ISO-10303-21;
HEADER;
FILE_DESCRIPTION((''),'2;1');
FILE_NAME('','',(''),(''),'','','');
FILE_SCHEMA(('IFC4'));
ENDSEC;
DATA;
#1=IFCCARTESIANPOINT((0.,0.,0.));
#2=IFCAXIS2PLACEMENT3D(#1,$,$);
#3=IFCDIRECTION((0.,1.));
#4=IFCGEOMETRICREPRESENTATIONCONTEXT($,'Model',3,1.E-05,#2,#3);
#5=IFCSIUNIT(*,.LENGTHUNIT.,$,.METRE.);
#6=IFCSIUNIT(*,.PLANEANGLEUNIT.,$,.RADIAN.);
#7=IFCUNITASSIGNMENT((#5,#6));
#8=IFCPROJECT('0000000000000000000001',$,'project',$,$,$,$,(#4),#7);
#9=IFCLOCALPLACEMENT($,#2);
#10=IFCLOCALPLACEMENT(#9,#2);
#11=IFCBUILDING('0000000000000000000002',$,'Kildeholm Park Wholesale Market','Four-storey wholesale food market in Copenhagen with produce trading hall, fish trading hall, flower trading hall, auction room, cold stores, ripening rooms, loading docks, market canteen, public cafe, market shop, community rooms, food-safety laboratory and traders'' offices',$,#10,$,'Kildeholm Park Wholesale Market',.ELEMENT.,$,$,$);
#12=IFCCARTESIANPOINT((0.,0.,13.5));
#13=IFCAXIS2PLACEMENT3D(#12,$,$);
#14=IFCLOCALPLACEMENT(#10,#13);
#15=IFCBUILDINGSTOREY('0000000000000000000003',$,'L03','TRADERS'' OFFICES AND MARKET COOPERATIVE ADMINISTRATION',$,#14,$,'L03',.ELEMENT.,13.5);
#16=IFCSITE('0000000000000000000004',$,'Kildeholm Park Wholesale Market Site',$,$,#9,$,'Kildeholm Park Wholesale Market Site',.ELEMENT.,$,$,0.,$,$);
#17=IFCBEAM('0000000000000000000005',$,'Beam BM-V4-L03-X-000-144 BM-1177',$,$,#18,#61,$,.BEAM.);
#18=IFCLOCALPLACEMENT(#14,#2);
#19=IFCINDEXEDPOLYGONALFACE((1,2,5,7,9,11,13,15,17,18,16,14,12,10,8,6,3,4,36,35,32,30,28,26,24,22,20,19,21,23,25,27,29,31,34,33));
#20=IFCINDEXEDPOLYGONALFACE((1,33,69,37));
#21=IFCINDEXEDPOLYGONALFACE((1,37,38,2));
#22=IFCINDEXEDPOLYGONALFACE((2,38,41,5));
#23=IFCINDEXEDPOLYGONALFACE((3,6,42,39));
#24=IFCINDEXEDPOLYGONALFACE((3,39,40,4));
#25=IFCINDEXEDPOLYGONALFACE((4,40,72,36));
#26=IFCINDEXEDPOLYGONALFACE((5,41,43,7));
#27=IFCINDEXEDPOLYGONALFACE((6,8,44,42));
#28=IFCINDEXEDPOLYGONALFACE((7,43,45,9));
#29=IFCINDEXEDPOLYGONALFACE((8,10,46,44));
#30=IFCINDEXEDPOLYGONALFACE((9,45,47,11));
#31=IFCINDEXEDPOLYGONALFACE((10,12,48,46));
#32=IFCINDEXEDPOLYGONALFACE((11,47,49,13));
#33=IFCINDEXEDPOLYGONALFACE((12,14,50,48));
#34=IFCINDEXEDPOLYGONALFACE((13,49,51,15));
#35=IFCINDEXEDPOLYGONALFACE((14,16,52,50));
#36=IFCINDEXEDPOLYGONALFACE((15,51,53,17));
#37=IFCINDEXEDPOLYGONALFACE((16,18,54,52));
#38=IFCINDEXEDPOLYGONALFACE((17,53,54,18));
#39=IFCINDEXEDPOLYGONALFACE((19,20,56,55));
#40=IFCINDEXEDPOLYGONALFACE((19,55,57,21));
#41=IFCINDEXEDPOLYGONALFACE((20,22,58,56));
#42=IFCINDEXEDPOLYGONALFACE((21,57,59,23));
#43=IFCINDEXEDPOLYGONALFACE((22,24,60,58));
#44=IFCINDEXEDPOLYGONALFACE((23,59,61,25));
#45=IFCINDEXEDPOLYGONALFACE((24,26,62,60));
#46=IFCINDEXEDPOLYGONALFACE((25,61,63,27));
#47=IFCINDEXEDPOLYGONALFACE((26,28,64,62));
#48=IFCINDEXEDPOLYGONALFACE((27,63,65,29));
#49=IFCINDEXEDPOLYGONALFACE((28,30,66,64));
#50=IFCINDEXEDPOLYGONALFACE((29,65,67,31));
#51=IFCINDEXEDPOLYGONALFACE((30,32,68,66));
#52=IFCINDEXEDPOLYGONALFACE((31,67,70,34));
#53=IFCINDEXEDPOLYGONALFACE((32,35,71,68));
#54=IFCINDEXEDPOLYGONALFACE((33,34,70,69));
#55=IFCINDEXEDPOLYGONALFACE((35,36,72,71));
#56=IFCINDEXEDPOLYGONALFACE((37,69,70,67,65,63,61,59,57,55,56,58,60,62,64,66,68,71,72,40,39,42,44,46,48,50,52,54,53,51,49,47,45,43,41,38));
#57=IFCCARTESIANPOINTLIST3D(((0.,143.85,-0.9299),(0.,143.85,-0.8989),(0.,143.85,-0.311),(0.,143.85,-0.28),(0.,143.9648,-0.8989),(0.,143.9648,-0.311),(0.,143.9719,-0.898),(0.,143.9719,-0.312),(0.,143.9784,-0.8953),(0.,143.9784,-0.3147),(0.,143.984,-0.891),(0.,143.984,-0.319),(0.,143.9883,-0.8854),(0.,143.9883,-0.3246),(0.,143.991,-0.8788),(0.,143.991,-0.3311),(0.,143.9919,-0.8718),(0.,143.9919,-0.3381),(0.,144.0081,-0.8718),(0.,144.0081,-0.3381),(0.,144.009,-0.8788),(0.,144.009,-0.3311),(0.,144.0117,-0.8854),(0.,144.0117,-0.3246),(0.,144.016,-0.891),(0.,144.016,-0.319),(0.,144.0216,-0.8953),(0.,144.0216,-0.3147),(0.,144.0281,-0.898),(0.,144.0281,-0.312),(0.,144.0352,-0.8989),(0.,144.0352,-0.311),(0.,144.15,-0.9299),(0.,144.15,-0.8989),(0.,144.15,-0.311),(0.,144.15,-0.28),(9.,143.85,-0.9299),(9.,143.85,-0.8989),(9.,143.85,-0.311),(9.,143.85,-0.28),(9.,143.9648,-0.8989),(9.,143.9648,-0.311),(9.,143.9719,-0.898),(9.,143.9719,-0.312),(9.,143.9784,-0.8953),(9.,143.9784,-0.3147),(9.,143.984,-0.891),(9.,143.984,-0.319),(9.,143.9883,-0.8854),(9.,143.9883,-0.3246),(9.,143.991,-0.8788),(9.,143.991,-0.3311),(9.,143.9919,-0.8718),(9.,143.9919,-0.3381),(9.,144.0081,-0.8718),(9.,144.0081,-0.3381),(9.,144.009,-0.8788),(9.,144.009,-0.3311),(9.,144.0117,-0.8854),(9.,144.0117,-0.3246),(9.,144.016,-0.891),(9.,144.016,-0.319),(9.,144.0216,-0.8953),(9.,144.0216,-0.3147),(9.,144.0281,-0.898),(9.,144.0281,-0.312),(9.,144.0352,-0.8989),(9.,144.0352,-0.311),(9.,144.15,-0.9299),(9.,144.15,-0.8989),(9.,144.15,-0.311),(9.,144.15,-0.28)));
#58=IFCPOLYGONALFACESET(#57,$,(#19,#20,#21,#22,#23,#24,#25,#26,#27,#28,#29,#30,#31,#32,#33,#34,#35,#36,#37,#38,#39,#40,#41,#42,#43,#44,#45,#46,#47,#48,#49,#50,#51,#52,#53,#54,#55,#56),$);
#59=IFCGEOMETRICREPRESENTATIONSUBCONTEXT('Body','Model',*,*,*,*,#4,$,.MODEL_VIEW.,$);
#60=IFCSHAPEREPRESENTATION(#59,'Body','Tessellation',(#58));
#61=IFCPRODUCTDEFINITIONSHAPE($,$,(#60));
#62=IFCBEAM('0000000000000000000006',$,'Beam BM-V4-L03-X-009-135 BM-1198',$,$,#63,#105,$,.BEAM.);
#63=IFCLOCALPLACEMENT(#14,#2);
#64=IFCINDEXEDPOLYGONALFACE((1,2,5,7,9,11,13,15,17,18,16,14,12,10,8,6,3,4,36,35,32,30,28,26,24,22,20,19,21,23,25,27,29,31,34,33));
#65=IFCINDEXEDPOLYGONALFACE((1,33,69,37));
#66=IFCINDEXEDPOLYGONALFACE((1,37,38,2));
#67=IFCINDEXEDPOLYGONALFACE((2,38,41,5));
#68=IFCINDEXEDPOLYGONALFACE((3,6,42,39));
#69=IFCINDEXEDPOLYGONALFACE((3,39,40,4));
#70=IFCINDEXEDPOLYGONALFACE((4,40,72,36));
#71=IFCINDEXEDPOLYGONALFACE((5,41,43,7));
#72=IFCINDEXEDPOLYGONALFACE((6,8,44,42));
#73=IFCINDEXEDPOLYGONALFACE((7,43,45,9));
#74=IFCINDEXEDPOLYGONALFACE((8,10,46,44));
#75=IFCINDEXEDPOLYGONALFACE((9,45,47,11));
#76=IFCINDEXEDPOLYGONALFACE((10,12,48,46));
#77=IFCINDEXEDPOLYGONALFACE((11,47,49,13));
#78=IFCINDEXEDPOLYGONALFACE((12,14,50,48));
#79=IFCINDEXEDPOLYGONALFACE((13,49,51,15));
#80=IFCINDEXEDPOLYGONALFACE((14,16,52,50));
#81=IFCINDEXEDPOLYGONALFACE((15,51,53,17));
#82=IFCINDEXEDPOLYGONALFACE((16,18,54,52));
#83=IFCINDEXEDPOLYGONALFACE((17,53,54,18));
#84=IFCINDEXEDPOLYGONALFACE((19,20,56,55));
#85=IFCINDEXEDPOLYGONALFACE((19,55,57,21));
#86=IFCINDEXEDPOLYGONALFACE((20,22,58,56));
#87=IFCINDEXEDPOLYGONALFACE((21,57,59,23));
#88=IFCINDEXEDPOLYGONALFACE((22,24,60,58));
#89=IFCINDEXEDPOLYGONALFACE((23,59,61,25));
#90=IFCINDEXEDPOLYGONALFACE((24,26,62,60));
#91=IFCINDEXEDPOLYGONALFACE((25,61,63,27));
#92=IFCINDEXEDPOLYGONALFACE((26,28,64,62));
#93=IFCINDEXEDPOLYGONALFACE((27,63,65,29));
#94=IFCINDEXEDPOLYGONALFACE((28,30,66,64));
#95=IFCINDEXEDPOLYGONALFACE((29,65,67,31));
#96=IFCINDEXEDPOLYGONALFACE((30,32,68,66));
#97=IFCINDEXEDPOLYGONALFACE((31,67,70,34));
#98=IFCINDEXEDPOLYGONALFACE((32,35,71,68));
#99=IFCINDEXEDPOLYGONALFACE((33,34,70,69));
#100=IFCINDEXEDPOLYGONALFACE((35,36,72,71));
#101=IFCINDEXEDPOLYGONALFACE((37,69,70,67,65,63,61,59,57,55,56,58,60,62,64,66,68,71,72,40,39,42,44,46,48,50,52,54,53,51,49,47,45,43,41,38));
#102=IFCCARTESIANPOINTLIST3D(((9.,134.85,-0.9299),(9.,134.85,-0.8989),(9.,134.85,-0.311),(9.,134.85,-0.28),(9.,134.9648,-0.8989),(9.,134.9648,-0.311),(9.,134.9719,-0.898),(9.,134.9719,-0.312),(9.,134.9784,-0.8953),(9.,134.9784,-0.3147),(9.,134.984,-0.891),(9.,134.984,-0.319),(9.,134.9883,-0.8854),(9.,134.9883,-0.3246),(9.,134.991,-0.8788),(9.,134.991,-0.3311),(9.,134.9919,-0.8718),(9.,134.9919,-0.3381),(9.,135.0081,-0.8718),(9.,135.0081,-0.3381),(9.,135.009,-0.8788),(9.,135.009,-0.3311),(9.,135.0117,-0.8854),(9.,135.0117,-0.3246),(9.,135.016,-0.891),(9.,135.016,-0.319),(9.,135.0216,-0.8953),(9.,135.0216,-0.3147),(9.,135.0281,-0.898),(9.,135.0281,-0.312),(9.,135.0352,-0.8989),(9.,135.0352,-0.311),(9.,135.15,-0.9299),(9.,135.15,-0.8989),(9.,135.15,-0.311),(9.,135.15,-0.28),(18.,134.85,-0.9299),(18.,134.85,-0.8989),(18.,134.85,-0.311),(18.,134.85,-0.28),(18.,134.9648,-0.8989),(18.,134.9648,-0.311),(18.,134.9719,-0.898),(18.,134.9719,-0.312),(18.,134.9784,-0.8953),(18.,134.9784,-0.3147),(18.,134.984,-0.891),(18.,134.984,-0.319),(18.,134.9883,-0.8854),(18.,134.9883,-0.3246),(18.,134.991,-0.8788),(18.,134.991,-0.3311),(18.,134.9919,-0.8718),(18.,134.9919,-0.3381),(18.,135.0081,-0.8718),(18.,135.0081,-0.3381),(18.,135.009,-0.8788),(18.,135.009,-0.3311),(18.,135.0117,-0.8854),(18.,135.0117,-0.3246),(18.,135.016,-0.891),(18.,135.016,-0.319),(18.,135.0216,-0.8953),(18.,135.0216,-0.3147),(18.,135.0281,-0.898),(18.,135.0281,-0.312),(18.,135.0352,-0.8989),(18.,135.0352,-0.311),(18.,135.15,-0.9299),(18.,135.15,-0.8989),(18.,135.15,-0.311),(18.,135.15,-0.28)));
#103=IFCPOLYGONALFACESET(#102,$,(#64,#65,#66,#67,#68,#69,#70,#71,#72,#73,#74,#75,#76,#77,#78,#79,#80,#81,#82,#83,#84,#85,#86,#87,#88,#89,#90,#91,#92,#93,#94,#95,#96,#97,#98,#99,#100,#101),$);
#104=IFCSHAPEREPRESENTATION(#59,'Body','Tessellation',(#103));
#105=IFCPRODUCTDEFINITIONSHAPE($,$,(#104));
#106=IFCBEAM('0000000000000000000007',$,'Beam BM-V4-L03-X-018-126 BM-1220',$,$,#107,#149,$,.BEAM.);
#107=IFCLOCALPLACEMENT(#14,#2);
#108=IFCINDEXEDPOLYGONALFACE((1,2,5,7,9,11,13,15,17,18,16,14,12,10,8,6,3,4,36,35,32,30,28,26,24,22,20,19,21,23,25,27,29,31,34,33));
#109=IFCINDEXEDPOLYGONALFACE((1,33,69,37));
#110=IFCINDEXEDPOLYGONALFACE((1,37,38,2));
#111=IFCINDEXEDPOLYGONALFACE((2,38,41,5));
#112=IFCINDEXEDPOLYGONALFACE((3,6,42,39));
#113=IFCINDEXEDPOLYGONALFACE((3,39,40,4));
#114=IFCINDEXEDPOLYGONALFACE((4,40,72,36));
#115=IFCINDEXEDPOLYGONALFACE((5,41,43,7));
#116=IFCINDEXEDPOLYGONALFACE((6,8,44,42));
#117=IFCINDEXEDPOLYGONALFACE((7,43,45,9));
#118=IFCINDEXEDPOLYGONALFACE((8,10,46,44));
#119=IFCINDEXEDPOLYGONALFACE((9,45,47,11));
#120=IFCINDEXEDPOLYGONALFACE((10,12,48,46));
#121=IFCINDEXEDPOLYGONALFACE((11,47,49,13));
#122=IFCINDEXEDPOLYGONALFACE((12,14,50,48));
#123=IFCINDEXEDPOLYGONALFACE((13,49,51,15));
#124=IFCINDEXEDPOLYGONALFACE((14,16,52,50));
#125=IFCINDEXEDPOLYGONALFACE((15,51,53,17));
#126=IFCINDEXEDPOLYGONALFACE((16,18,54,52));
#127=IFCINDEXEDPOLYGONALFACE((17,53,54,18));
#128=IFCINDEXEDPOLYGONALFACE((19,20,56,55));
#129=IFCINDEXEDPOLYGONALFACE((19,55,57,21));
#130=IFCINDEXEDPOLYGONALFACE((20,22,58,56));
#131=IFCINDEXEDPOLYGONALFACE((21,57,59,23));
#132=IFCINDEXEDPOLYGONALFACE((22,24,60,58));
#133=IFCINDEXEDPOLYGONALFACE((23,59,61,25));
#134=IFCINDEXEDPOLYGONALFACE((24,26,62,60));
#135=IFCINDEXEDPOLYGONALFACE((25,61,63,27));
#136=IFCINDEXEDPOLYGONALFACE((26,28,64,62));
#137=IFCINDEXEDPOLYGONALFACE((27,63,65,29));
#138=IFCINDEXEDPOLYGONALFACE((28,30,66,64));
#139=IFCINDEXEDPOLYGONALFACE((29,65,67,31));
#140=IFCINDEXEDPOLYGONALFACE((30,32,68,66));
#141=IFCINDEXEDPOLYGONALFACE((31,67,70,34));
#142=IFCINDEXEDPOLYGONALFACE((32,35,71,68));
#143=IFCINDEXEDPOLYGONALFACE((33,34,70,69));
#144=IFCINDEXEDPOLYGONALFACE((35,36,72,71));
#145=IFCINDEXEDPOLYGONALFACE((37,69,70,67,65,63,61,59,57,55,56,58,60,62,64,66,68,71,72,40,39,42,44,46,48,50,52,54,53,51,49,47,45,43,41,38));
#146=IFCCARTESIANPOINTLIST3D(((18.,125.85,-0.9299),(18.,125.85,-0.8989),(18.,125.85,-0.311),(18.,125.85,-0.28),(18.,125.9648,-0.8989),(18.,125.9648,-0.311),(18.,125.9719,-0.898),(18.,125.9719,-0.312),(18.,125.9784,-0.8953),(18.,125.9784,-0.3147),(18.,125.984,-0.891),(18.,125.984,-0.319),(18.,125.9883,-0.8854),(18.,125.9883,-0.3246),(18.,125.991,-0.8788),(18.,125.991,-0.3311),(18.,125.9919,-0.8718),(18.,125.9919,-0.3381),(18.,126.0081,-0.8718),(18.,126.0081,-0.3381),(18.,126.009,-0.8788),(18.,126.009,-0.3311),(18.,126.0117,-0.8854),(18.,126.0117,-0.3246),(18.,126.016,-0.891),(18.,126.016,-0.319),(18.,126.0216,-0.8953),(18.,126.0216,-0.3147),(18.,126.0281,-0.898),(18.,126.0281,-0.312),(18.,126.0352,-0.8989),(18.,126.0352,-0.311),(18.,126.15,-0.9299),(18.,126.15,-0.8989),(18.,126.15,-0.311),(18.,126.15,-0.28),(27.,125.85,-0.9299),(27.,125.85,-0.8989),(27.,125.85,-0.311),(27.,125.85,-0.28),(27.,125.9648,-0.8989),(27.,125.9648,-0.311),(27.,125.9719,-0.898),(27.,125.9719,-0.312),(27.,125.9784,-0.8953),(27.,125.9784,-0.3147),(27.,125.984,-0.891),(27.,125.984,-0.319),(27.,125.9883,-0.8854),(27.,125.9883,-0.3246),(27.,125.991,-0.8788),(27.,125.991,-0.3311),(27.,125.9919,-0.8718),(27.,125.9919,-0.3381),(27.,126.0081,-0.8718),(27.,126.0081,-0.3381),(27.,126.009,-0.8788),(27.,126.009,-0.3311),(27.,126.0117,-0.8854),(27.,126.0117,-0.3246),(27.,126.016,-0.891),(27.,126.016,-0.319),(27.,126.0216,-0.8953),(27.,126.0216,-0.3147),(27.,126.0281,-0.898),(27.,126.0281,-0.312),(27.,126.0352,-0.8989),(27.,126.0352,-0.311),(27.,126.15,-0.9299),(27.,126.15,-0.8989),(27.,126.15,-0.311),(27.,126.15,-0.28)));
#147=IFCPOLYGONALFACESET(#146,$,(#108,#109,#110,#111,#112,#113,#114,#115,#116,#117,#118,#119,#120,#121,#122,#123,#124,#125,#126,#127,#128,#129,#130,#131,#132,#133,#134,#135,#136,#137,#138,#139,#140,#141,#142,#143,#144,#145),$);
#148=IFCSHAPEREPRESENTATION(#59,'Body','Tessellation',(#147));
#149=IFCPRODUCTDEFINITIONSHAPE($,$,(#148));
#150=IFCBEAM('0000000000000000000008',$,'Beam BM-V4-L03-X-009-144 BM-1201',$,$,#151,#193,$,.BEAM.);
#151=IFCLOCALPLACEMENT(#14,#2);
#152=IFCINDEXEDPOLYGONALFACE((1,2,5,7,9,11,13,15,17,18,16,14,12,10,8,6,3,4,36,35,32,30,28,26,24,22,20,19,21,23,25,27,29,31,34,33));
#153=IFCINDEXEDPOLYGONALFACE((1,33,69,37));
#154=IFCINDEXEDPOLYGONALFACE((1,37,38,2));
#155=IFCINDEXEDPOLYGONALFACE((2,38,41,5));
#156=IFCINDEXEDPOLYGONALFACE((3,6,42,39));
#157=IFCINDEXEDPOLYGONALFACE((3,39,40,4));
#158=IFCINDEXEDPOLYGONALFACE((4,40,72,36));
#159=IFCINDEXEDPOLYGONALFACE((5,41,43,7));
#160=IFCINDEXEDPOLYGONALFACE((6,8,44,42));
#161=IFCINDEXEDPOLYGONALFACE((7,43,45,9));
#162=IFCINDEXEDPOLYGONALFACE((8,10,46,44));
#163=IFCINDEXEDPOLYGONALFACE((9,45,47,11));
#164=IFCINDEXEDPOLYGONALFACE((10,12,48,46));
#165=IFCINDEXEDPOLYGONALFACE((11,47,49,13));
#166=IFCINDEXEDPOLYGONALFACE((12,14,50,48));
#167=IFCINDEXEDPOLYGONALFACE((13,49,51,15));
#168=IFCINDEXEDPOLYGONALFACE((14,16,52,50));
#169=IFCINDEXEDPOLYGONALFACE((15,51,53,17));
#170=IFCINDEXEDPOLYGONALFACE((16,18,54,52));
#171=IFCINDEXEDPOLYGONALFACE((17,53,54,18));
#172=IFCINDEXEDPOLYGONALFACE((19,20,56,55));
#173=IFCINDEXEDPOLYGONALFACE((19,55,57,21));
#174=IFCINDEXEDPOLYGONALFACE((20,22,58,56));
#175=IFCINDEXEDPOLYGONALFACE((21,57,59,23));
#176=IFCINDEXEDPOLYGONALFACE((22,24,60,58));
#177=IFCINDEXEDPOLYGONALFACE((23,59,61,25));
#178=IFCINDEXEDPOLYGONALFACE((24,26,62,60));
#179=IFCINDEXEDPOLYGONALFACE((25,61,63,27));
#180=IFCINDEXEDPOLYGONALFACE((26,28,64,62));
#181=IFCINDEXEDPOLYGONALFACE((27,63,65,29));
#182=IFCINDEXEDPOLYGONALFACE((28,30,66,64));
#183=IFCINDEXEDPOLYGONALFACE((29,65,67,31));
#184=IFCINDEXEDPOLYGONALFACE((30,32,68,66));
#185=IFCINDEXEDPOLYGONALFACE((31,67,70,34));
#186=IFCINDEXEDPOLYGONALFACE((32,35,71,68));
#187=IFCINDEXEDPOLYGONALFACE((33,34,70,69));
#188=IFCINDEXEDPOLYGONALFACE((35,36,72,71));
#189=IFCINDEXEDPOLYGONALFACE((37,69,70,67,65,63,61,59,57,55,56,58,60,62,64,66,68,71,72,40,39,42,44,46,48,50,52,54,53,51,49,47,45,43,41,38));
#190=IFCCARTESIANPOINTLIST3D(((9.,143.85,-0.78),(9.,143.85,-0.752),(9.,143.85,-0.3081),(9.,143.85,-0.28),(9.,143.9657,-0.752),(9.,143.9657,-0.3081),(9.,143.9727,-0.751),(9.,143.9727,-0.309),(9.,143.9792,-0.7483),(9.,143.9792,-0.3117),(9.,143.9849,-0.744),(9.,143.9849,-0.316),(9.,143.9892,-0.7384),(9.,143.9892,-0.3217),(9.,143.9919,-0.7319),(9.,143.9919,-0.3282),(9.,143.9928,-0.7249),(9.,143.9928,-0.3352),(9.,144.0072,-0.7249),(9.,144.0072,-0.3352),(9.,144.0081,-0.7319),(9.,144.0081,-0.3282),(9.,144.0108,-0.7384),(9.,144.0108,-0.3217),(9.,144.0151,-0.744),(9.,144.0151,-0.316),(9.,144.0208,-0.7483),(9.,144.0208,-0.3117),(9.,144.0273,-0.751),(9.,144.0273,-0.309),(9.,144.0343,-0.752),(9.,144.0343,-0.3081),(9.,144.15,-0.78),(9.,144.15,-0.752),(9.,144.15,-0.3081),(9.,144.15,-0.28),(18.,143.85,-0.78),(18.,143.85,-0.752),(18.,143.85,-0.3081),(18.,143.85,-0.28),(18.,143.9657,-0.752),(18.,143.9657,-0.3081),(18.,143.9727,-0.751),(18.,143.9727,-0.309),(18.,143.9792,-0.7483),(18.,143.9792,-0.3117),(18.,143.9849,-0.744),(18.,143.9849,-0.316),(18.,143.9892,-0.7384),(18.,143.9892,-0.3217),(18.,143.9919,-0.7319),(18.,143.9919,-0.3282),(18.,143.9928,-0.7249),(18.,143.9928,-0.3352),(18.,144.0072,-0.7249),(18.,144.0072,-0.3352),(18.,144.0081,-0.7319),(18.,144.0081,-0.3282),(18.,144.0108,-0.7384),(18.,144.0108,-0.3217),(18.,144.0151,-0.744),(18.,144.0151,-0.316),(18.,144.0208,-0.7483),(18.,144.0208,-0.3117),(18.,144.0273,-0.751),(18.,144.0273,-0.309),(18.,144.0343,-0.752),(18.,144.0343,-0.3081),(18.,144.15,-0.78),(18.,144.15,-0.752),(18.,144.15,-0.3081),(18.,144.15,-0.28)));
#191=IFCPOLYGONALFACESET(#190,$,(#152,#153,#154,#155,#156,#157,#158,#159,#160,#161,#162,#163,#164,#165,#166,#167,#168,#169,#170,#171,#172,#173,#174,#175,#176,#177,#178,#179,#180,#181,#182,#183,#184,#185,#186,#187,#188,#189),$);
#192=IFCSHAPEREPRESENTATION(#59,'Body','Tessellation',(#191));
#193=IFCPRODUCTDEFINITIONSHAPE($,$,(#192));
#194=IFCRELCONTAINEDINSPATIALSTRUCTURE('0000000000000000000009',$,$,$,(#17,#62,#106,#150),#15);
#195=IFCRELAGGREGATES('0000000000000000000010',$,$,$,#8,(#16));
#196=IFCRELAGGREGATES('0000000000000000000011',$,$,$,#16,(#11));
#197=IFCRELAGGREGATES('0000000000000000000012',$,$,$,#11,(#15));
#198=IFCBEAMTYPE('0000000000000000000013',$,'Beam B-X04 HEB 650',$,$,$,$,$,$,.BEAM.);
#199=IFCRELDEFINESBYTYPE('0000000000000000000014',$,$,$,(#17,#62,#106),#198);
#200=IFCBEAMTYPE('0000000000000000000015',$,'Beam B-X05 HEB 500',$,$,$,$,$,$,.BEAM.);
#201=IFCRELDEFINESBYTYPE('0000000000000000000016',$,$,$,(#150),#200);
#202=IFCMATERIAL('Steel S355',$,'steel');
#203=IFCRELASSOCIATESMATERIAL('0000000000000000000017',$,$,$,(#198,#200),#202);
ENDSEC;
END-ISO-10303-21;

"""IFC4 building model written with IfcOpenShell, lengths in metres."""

from ifc_helpers import new_model, si_unit, direction, frame, origin, origin_2d, place, context, subcontext, project, spatial, i_section, extrude, material, material_profile, profile_set, type_object, element, save


model = new_model("IFC4")

# Units and contexts
model_context = context("Model", 3, precision=1e-05, world=origin(), true_north=direction((0.0, 1.0)))
body_context = subcontext(model_context, "Body", "Model", "MODEL_VIEW")
ifc_project = project(units=[si_unit("LENGTHUNIT", "METRE"), si_unit("PLANEANGLEUNIT", "RADIAN")], contexts=[model_context])

# Site, building, storey
site_placement = place(None, origin())
site = spatial("IfcSite", under=ifc_project, at=site_placement, Name="Kildeholm Park Wholesale Market Site", LongName="Kildeholm Park Wholesale Market Site", CompositionType="ELEMENT", RefElevation=0.0)
building_placement = place(site_placement, origin())
building = spatial("IfcBuilding", under=site, at=building_placement, Name="Kildeholm Park Wholesale Market", Description="Four-storey wholesale food market in Copenhagen with produce trading hall, fish trading hall, flower trading hall, auction room, cold stores, ripening rooms, loading docks, market canteen, public cafe, market shop, community rooms, food-safety laboratory and traders' offices", LongName="Kildeholm Park Wholesale Market", CompositionType="ELEMENT")
storey_placement = place(building_placement, frame((0.0, 0.0, 13.5)))
storey = spatial("IfcBuildingStorey", under=building, at=storey_placement, Name="L03", Description="TRADERS' OFFICES AND MARKET COOPERATIVE ADMINISTRATION", LongName="L03", CompositionType="ELEMENT", Elevation=13.5)

# Beams
ifc_material = material(Name="Steel S355", Category="steel")
ifc_material_profile_1 = material_profile(ifc_material, i_section(OverallWidth=0.3, OverallDepth=0.6499, WebThickness=0.0161, FlangeThickness=0.031, FilletRadius=0.0271, at=origin_2d()), Name="HEB 650")
ifc_profile_set_1 = profile_set([ifc_material_profile_1], Name="Steel S355")
beam_type_1 = type_object("IfcBeamType", Name="Beam B-X04 HEB 650", PredefinedType="BEAM", material=ifc_profile_set_1)
for number, where, z_axis, x_axis, name in (
    (1, (0.0, 144.0, -0.605), (1.0, 0.0, 0.0), (0.0, 1.0, 0.0), "Beam BM-V4-L03-X-000-144 BM-1177"),
    (2, (9.0, 135.0, -0.605), (1.0, 0.0, 0.0), (0.0, 1.0, 0.0), "Beam BM-V4-L03-X-009-135 BM-1198"),
    (3, (18.0, 126.0, -0.605), (1.0, 0.0, 0.0), (0.0, 1.0, 0.0), "Beam BM-V4-L03-X-018-126 BM-1220"),
):
    element("IfcBeam", number, at=place(storey_placement, frame(where, z_axis=z_axis, x_axis=x_axis)), inside=storey, type_object=beam_type_1, Name=name, PredefinedType="BEAM", context=body_context, shape_type="SweptSolid", body=[
        extrude(i_section(OverallWidth=0.3, OverallDepth=0.6499, WebThickness=0.0161, FlangeThickness=0.031, FilletRadius=0.0271, at=origin_2d()), origin(), (0.0, 0.0, 1.0), 9.0),
    ])
ifc_material_profile_2 = material_profile(ifc_material, i_section(OverallWidth=0.3, OverallDepth=0.5, WebThickness=0.0144, FlangeThickness=0.0281, FilletRadius=0.0271, at=origin_2d()), Name="HEB 500")
ifc_profile_set_2 = profile_set([ifc_material_profile_2], Name="Steel S355")
beam_type_2 = type_object("IfcBeamType", Name="Beam B-X05 HEB 500", PredefinedType="BEAM", material=ifc_profile_set_2)
for number, where, z_axis, x_axis, name in (
    (4, (9.0, 144.0, -0.53), (1.0, 0.0, 0.0), (0.0, 1.0, 0.0), "Beam BM-V4-L03-X-009-144 BM-1201"),
):
    element("IfcBeam", number, at=place(storey_placement, frame(where, z_axis=z_axis, x_axis=x_axis)), inside=storey, type_object=beam_type_2, Name=name, PredefinedType="BEAM", context=body_context, shape_type="SweptSolid", body=[
        extrude(i_section(OverallWidth=0.3, OverallDepth=0.5, WebThickness=0.0144, FlangeThickness=0.0281, FilletRadius=0.0271, at=origin_2d()), origin(), (0.0, 0.0, 1.0), 9.0),
    ])

save(model, "model.ifc")
